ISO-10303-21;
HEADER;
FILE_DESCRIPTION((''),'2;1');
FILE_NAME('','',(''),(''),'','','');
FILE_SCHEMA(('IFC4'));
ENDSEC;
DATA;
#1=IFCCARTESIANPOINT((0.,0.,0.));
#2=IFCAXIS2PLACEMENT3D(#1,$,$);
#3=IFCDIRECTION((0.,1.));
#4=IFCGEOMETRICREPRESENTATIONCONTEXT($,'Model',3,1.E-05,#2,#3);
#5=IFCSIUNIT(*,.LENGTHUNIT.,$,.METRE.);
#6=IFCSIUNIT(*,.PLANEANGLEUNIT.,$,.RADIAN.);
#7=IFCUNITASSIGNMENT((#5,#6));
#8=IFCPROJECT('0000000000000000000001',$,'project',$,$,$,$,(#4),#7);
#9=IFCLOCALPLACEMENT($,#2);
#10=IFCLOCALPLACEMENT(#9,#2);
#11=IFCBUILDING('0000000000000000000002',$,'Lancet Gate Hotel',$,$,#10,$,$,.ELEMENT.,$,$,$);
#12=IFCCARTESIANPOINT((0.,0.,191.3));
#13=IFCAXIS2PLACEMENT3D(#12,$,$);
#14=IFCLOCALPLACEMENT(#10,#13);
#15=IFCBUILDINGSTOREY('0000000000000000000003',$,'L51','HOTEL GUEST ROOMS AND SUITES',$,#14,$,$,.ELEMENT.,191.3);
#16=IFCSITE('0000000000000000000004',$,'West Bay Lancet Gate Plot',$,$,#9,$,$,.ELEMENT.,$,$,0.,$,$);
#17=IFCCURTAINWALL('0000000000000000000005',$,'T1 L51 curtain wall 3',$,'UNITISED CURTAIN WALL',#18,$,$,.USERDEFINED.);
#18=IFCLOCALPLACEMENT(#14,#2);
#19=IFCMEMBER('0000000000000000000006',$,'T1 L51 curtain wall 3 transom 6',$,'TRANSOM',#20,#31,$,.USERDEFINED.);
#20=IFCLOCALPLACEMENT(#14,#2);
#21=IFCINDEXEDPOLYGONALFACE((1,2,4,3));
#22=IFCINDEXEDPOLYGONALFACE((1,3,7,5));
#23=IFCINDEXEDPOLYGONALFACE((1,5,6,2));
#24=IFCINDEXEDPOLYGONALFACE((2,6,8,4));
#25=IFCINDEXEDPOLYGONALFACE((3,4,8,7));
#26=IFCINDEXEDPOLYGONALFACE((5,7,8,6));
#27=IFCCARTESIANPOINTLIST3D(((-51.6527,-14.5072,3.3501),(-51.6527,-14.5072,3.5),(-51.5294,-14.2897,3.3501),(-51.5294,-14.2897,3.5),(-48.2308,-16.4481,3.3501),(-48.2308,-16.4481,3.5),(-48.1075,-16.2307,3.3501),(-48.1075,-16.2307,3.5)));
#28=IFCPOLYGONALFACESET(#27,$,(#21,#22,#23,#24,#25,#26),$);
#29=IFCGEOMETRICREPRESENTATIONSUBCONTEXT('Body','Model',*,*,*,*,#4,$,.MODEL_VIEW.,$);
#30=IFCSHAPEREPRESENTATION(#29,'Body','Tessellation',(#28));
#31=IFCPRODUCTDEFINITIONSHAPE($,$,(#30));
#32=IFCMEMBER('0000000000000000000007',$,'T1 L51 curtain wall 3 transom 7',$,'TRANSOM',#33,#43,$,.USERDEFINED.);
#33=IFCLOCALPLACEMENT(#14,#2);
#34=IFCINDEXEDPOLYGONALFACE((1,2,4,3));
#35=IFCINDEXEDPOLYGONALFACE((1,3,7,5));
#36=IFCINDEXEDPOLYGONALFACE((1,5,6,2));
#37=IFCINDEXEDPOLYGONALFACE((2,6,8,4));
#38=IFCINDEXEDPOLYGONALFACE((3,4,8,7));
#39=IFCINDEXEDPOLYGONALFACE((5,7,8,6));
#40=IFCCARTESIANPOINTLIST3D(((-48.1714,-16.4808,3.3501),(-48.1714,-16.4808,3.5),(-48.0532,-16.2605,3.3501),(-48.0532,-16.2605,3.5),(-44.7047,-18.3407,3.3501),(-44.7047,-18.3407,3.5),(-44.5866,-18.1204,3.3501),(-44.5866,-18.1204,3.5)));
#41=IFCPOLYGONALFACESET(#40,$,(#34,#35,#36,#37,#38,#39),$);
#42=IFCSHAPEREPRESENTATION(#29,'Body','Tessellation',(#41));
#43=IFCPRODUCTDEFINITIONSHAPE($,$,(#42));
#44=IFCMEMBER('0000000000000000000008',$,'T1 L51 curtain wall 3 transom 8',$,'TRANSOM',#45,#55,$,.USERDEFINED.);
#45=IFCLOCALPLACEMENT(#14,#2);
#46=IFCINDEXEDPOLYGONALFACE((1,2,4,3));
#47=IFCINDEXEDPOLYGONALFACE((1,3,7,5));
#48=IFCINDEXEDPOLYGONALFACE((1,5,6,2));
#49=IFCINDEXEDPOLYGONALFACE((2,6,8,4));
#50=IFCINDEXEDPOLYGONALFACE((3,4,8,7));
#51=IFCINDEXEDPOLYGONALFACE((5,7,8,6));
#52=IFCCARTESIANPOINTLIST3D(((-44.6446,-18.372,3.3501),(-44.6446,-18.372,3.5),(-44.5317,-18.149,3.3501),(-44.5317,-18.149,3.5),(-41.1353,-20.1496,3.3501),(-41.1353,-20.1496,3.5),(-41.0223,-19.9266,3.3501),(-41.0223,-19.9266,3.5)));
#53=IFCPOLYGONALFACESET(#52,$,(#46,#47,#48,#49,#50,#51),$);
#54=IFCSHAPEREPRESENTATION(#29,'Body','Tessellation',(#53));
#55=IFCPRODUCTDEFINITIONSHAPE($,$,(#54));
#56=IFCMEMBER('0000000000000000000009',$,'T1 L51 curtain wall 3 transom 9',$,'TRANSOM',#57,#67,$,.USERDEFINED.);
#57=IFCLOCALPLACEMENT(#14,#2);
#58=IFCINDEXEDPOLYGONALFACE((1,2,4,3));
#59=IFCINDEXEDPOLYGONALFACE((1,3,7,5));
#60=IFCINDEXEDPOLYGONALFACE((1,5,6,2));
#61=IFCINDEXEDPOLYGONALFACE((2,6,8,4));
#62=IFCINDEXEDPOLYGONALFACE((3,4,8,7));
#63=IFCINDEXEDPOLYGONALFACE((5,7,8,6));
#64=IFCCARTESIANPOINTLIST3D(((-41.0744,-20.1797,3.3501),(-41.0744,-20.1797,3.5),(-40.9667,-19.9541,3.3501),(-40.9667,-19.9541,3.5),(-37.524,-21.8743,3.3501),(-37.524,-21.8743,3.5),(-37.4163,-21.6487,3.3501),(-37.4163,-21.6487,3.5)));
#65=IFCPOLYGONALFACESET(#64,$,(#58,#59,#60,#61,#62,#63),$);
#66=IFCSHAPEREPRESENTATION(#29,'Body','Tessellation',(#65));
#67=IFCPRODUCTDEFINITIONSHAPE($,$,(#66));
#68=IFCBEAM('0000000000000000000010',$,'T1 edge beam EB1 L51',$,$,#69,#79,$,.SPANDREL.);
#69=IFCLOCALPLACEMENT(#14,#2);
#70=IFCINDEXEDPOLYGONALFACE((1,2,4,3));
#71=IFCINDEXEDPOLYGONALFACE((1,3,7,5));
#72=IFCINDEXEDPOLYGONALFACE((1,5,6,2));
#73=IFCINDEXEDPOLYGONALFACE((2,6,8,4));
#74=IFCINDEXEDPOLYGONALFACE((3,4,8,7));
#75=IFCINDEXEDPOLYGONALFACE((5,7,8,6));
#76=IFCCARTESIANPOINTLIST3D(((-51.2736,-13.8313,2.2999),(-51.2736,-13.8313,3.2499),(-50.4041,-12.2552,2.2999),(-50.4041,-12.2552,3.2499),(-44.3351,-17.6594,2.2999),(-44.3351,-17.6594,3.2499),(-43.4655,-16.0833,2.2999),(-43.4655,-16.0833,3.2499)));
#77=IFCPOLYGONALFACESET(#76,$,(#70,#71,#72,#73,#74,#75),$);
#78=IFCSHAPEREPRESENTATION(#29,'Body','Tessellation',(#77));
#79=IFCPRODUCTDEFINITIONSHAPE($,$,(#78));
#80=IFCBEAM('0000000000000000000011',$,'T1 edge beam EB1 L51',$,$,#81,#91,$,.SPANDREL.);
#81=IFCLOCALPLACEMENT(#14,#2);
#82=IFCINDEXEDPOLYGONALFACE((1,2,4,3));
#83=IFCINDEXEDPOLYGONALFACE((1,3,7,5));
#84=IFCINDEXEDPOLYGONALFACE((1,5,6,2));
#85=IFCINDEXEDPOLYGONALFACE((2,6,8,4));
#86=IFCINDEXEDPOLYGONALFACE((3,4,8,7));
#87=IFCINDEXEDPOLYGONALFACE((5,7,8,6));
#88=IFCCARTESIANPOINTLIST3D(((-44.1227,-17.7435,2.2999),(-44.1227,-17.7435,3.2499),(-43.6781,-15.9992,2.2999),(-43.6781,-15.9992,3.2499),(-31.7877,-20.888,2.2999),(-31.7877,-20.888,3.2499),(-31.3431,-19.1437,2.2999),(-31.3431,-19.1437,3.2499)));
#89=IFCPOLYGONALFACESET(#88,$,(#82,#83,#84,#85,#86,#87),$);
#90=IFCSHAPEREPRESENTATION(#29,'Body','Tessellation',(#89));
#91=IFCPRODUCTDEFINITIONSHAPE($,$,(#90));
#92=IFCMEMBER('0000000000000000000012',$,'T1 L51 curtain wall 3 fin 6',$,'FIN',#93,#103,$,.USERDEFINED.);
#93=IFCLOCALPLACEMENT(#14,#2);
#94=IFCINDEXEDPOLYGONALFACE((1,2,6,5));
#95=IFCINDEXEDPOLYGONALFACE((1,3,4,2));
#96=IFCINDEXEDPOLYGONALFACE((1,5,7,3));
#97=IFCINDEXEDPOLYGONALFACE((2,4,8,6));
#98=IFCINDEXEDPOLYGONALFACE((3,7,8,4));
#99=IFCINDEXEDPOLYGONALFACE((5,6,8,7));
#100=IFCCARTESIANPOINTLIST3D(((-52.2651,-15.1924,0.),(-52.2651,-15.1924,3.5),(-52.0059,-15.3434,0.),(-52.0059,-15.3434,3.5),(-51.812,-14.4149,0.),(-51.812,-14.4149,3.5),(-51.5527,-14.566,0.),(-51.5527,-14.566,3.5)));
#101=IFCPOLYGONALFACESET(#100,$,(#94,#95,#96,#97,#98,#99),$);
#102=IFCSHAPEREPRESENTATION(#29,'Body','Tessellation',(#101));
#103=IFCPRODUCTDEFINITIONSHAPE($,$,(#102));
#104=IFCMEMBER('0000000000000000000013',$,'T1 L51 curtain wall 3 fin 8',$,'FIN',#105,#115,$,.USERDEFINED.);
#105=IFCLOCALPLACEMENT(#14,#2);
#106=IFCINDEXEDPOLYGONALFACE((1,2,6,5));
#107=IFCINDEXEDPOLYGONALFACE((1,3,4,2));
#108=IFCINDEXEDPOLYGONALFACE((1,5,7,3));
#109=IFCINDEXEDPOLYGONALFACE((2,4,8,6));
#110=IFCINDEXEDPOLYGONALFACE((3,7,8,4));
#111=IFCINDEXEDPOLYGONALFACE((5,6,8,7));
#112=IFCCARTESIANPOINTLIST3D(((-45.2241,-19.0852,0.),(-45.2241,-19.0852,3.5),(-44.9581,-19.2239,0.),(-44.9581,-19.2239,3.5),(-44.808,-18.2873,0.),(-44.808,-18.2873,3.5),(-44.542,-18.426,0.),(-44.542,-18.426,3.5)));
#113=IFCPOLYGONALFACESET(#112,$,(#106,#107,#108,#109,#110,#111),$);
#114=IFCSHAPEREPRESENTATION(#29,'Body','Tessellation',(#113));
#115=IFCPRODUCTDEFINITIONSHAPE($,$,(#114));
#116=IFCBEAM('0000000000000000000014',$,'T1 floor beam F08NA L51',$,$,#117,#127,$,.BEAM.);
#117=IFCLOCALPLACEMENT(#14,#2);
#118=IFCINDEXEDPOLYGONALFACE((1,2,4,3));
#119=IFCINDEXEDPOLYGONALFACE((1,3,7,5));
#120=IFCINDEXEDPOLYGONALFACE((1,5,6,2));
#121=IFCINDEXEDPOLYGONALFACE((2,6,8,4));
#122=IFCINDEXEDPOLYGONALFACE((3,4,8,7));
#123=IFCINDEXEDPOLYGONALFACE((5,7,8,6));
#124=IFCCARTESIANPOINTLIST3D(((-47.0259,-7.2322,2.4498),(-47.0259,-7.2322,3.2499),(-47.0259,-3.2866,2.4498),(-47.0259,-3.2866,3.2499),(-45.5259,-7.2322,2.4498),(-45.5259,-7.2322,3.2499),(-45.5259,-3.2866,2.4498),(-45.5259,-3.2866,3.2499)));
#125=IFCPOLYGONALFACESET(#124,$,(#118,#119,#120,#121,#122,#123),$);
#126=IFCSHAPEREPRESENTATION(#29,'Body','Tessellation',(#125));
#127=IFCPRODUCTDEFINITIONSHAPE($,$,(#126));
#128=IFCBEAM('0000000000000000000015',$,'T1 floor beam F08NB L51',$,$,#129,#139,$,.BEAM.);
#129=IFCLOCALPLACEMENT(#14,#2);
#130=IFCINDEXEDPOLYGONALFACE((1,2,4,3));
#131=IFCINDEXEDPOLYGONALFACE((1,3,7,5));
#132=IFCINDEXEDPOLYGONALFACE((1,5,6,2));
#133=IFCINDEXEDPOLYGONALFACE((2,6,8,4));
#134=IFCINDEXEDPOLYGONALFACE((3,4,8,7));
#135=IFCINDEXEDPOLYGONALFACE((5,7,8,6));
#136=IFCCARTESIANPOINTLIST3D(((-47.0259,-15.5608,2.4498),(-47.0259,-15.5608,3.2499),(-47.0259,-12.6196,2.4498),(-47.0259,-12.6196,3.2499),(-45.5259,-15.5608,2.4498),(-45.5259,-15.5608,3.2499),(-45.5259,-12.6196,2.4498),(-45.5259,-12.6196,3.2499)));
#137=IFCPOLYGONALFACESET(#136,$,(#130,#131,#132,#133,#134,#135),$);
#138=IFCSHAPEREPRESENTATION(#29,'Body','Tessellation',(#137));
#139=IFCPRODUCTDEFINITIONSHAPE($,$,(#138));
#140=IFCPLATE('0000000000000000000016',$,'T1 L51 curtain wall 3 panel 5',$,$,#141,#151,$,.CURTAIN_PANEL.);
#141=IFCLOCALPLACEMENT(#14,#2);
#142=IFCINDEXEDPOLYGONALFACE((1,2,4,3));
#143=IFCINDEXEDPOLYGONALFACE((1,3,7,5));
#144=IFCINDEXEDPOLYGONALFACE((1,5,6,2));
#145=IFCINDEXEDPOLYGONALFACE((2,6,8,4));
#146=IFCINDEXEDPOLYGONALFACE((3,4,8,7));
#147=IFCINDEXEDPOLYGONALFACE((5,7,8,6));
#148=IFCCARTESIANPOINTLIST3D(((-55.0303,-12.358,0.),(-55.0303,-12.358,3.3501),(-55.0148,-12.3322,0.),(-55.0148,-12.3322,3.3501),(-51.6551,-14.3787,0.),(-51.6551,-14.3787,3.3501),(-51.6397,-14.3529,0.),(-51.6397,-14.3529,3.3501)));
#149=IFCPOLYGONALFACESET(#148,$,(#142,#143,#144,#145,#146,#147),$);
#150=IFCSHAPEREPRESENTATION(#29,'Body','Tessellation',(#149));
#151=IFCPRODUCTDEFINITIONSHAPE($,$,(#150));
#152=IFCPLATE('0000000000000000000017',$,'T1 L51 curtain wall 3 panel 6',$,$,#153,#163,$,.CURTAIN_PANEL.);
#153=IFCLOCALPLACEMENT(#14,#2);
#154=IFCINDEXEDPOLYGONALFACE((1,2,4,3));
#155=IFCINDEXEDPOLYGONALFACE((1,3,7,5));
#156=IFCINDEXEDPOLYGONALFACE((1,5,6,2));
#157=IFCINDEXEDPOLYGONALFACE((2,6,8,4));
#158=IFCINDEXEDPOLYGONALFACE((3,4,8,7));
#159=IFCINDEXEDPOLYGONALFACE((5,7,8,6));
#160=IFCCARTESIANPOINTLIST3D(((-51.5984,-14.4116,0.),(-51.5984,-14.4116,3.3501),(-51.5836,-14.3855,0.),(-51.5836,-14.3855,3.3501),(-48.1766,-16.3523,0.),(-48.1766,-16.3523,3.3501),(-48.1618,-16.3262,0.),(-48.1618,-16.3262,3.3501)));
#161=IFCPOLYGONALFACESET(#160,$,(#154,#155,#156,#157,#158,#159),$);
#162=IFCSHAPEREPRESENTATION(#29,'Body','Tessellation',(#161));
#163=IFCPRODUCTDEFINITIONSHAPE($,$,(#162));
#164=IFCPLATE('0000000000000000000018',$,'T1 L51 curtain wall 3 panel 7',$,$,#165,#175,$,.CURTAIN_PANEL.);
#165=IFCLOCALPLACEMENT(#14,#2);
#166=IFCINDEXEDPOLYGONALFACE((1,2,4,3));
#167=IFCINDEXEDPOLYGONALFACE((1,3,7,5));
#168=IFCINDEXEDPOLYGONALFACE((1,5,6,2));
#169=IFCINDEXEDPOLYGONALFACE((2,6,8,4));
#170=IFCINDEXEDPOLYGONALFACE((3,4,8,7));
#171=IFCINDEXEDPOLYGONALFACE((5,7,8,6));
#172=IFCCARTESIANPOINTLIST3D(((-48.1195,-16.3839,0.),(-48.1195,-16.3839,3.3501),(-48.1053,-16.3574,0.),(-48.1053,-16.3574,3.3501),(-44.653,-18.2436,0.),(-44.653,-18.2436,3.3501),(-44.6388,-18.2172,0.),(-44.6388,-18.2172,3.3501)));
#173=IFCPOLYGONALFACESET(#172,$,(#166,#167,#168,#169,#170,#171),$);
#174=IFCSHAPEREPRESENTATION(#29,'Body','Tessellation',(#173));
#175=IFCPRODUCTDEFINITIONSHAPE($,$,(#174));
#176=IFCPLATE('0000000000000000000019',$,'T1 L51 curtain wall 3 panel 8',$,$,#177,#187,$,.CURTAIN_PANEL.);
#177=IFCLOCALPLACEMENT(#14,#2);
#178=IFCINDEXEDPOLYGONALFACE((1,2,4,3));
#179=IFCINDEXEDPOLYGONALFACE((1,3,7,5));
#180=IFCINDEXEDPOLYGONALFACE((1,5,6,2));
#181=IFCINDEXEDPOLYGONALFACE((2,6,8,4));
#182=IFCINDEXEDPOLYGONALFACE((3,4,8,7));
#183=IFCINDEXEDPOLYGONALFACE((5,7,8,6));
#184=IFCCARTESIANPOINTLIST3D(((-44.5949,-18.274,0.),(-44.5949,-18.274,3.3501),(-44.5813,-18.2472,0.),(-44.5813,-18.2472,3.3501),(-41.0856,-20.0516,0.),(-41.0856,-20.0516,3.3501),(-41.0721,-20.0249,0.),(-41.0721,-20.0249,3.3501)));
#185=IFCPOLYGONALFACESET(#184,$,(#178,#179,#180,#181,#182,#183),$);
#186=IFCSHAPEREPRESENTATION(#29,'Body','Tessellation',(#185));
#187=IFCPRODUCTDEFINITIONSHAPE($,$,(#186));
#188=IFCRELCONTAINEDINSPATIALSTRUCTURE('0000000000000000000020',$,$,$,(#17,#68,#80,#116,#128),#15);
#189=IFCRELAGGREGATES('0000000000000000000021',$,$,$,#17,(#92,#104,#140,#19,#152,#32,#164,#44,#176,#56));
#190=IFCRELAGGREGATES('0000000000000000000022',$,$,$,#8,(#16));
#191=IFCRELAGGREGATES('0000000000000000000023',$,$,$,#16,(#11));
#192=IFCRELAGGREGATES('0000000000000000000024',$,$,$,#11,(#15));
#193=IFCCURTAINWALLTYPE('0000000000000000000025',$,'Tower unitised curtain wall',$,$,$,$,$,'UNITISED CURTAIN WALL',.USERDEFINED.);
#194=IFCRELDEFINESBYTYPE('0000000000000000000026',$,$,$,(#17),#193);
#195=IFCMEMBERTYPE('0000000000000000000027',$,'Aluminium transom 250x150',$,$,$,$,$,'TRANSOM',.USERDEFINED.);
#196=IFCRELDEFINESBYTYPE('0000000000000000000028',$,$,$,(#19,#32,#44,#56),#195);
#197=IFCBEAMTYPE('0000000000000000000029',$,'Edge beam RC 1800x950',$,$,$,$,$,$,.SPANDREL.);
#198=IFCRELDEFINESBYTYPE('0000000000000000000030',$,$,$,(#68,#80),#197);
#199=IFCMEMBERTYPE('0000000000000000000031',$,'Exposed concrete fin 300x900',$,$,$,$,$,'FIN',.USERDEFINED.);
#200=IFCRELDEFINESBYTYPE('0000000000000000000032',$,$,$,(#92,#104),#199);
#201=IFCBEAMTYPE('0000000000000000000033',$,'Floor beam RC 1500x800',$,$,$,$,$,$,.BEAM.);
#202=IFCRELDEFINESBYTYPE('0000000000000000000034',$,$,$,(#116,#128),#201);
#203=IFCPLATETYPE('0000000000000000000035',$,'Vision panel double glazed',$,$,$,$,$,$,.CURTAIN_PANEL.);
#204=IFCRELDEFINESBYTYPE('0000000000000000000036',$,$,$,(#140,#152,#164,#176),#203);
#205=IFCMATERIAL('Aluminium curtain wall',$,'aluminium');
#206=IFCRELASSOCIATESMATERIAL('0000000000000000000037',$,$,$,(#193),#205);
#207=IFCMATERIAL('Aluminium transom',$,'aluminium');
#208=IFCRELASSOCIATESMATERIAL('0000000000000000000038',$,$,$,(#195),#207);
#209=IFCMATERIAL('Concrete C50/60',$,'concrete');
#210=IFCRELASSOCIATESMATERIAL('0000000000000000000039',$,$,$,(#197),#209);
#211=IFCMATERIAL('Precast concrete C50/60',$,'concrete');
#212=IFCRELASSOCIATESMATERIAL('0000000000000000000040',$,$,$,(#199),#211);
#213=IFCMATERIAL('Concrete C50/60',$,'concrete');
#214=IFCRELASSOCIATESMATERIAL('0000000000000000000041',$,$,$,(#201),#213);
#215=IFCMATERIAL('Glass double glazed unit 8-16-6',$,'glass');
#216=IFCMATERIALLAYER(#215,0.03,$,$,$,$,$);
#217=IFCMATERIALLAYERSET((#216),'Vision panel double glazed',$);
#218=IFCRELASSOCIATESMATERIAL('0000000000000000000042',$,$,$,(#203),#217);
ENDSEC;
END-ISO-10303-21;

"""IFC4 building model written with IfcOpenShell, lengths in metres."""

from ifc_helpers import new_model, si_unit, direction, frame, origin, origin_2d, place, context, subcontext, project, spatial, rectangle, extrude, material, layer, layer_set, material_profile, profile_set, type_object, element, aggregate, save


model = new_model("IFC4")

# Units and contexts
model_context = context("Model", 3, precision=1e-05, world=origin(), true_north=direction((0.0, 1.0)))
body_context = subcontext(model_context, "Body", "Model", "MODEL_VIEW")
ifc_project = project(units=[si_unit("LENGTHUNIT", "METRE"), si_unit("PLANEANGLEUNIT", "RADIAN")], contexts=[model_context])

# Site, building, storey
site_placement = place(None, origin())
site = spatial("IfcSite", under=ifc_project, at=site_placement, Name="West Bay Lancet Gate Plot", CompositionType="ELEMENT", RefElevation=0.0)
building_placement = place(site_placement, origin())
building = spatial("IfcBuilding", under=site, at=building_placement, Name="Lancet Gate Hotel", CompositionType="ELEMENT")
storey_placement = place(building_placement, frame((0.0, 0.0, 191.3)))
storey = spatial("IfcBuildingStorey", under=building, at=storey_placement, Name="L51", Description="HOTEL GUEST ROOMS AND SUITES", CompositionType="ELEMENT", Elevation=191.3)

# Curtain wall, members
ifc_material_1 = material(Name="Aluminium curtain wall", Category="aluminium")
curtain_wall_type = type_object("IfcCurtainWallType", Name="Tower unitised curtain wall", ElementType="UNITISED CURTAIN WALL", PredefinedType="USERDEFINED", material=ifc_material_1)
curtain_wall_placement = place(storey_placement, origin())
curtain_wall = element("IfcCurtainWall", 1, at=curtain_wall_placement, inside=storey, type_object=curtain_wall_type, Name="T1 L51 curtain wall 3", ObjectType="UNITISED CURTAIN WALL", PredefinedType="USERDEFINED")
ifc_material_2 = material(Name="Aluminium transom", Category="aluminium")
ifc_material_profile_1 = material_profile(ifc_material_2, rectangle(XDim=0.25, YDim=0.1499, at=origin_2d()), Name="TRANSOM 250x150")
ifc_profile_set_1 = profile_set([ifc_material_profile_1], Name="Aluminium transom")
member_type_1 = type_object("IfcMemberType", Name="Aluminium transom 250x150", ElementType="TRANSOM", PredefinedType="USERDEFINED", material=ifc_profile_set_1)
member_1_placement = place(storey_placement, frame((-51.5911, -14.3984, 3.425), z_axis=(0.86982, -0.49337, 0.0), x_axis=(0.49337, 0.86982, 0.0)))
member_1 = element("IfcMember", 2, at=member_1_placement, type_object=member_type_1, Name="T1 L51 curtain wall 3 transom 6", ObjectType="TRANSOM", PredefinedType="USERDEFINED", context=body_context, shape_type="SweptSolid", body=[
    extrude(rectangle(XDim=0.25, YDim=0.1499, at=origin_2d()), origin(), (0.0, 0.0, 1.0), 3.9341),
])
member_2_placement = place(storey_placement, frame((-48.1123, -16.3706, 3.425), z_axis=(0.881185, -0.472771, 0.0), x_axis=(0.472771, 0.881185, 0.0)))
member_2 = element("IfcMember", 3, at=member_2_placement, type_object=member_type_1, Name="T1 L51 curtain wall 3 transom 7", ObjectType="TRANSOM", PredefinedType="USERDEFINED", context=body_context, shape_type="SweptSolid", body=[
    extrude(rectangle(XDim=0.25, YDim=0.1499, at=origin_2d()), origin(), (0.0, 0.0, 1.0), 3.9341),
])
member_3_placement = place(storey_placement, frame((-44.5881, -18.2605, 3.425), z_axis=(0.892081, -0.451875, 0.0), x_axis=(0.451875, 0.892081, 0.0)))
member_3 = element("IfcMember", 4, at=member_3_placement, type_object=member_type_1, Name="T1 L51 curtain wall 3 transom 8", ObjectType="TRANSOM", PredefinedType="USERDEFINED", context=body_context, shape_type="SweptSolid", body=[
    extrude(rectangle(XDim=0.25, YDim=0.1499, at=origin_2d()), origin(), (0.0, 0.0, 1.0), 3.9338),
])
member_4_placement = place(storey_placement, frame((-41.0205, -20.0669, 3.425), z_axis=(0.902469, -0.430755, 0.0), x_axis=(0.430755, 0.902469, 0.0)))
member_4 = element("IfcMember", 5, at=member_4_placement, type_object=member_type_1, Name="T1 L51 curtain wall 3 transom 9", ObjectType="TRANSOM", PredefinedType="USERDEFINED", context=body_context, shape_type="SweptSolid", body=[
    extrude(rectangle(XDim=0.25, YDim=0.1499, at=origin_2d()), origin(), (0.0, 0.0, 1.0), 3.9341),
])

# Beams
ifc_material_3 = material(Name="Concrete C50/60", Category="concrete")
ifc_material_profile_2 = material_profile(ifc_material_3, rectangle(XDim=1.8, YDim=0.95, at=origin_2d()), Name="RC 1800x950")
ifc_profile_set_2 = profile_set([ifc_material_profile_2], Name="Concrete C50/60")
beam_type_1 = type_object("IfcBeamType", Name="Edge beam RC 1800x950", PredefinedType="SPANDREL", material=ifc_profile_set_2)
beam_1_placement = place(storey_placement, frame((-50.8389, -13.0432, 2.7749), z_axis=(0.875578, -0.483077, 0.0), x_axis=(0.483077, 0.875578, 0.0)))
element("IfcBeam", 6, at=beam_1_placement, inside=storey, type_object=beam_type_1, Name="T1 edge beam EB1 L51", PredefinedType="SPANDREL", context=body_context, shape_type="SweptSolid", body=[
    extrude(rectangle(XDim=1.8, YDim=0.95, at=origin_2d()), origin(), (0.0, 0.0, 1.0), 7.9246),
])
beam_2_placement = place(storey_placement, frame((-43.9004, -16.8713, 2.7749), z_axis=(0.969008, -0.247028, 0.0), x_axis=(0.247028, 0.969008, 0.0)))
element("IfcBeam", 7, at=beam_2_placement, inside=storey, type_object=beam_type_1, Name="T1 edge beam EB1 L51", PredefinedType="SPANDREL", context=body_context, shape_type="SweptSolid", body=[
    extrude(rectangle(XDim=1.8, YDim=0.95, at=origin_2d()), origin(), (0.0, 0.0, 1.0), 12.7295),
])

# Members
ifc_material_4 = material(Name="Precast concrete C50/60", Category="concrete")
ifc_material_profile_3 = material_profile(ifc_material_4, rectangle(XDim=0.3, YDim=0.8999, at=origin_2d()), Name="FIN 300x900")
ifc_profile_set_3 = profile_set([ifc_material_profile_3], Name="Precast concrete C50/60")
member_type_2 = type_object("IfcMemberType", Name="Exposed concrete fin 300x900", ElementType="FIN", PredefinedType="USERDEFINED", material=ifc_profile_set_3)
member_5_placement = place(storey_placement, frame((-51.9089, -14.8792, 0.0), z_axis=(0.0, 0.0, 1.0), x_axis=(0.863969, -0.503545, 0.0)))
member_5 = element("IfcMember", 8, at=member_5_placement, type_object=member_type_2, Name="T1 L51 curtain wall 3 fin 6", ObjectType="FIN", PredefinedType="USERDEFINED", context=body_context, shape_type="SweptSolid", body=[
    extrude(rectangle(XDim=0.3, YDim=0.8999, at=origin_2d()), origin(), (0.0, 0.0, 1.0), 3.5),
])
member_6_placement = place(storey_placement, frame((-44.8831, -18.7556, 0.0), z_axis=(0.0, 0.0, 1.0), x_axis=(0.886694, -0.462356, 0.0)))
member_6 = element("IfcMember", 9, at=member_6_placement, type_object=member_type_2, Name="T1 L51 curtain wall 3 fin 8", ObjectType="FIN", PredefinedType="USERDEFINED", context=body_context, shape_type="SweptSolid", body=[
    extrude(rectangle(XDim=0.3, YDim=0.8999, at=origin_2d()), origin(), (0.0, 0.0, 1.0), 3.5),
])

# Beams
ifc_material_5 = material(Name="Concrete C50/60", Category="concrete")
ifc_material_profile_4 = material_profile(ifc_material_5, rectangle(XDim=1.5, YDim=0.8, at=origin_2d()), Name="RC 1500x800")
ifc_profile_set_4 = profile_set([ifc_material_profile_4], Name="Concrete C50/60")
beam_type_2 = type_object("IfcBeamType", Name="Floor beam RC 1500x800", PredefinedType="BEAM", material=ifc_profile_set_4)
beam_3_placement = place(storey_placement, frame((-46.2759, -3.2866, 2.8499), z_axis=(0.0, -1.0, 0.0), x_axis=(1.0, 0.0, 0.0)))
element("IfcBeam", 10, at=beam_3_placement, inside=storey, type_object=beam_type_2, Name="T1 floor beam F08NA L51", PredefinedType="BEAM", context=body_context, shape_type="SweptSolid", body=[
    extrude(rectangle(XDim=1.5, YDim=0.8, at=origin_2d()), origin(), (0.0, 0.0, 1.0), 3.9456),
])
beam_4_placement = place(storey_placement, frame((-46.2759, -12.6196, 2.8499), z_axis=(0.0, -1.0, 0.0), x_axis=(1.0, 0.0, 0.0)))
element("IfcBeam", 11, at=beam_4_placement, inside=storey, type_object=beam_type_2, Name="T1 floor beam F08NB L51", PredefinedType="BEAM", context=body_context, shape_type="SweptSolid", body=[
    extrude(rectangle(XDim=1.5, YDim=0.8, at=origin_2d()), origin(), (0.0, 0.0, 1.0), 2.9412),
])

# Plates
ifc_material_6 = material(Name="Glass double glazed unit 8-16-6", Category="glass")
ifc_layer_1 = layer(ifc_material_6, 0.03)
ifc_layer_set_1 = layer_set([ifc_layer_1], Name="Vision panel double glazed")
plate_type = type_object("IfcPlateType", Name="Vision panel double glazed", PredefinedType="CURTAIN_PANEL", material=ifc_layer_set_1)
plate_1_placement = place(storey_placement, frame((-53.335, -13.3555, 0.0), z_axis=(0.0, 0.0, 1.0), x_axis=(0.857987, -0.513672, 0.0)))
plate_1 = element("IfcPlate", 12, at=plate_1_placement, type_object=plate_type, Name="T1 L51 curtain wall 3 panel 5", PredefinedType="CURTAIN_PANEL", context=body_context, shape_type="SweptSolid", body=[
    extrude(rectangle(XDim=3.9338, YDim=0.03, at=origin_2d()), origin(), (0.0, 0.0, 1.0), 3.3501),
])
plate_2_placement = place(storey_placement, frame((-49.8801, -15.3689, 0.0), z_axis=(0.0, 0.0, 1.0), x_axis=(0.869831, -0.493349, 0.0)))
plate_2 = element("IfcPlate", 13, at=plate_2_placement, type_object=plate_type, Name="T1 L51 curtain wall 3 panel 6", PredefinedType="CURTAIN_PANEL", context=body_context, shape_type="SweptSolid", body=[
    extrude(rectangle(XDim=3.9338, YDim=0.03, at=origin_2d()), origin(), (0.0, 0.0, 1.0), 3.3501),
])
plate_3_placement = place(storey_placement, frame((-46.3792, -17.3005, 0.0), z_axis=(0.0, 0.0, 1.0), x_axis=(0.881195, -0.472753, 0.0)))
plate_3 = element("IfcPlate", 14, at=plate_3_placement, type_object=plate_type, Name="T1 L51 curtain wall 3 panel 7", PredefinedType="CURTAIN_PANEL", context=body_context, shape_type="SweptSolid", body=[
    extrude(rectangle(XDim=3.9338, YDim=0.03, at=origin_2d()), origin(), (0.0, 0.0, 1.0), 3.3501),
])
plate_4_placement = place(storey_placement, frame((-42.8335, -19.1494, 0.0), z_axis=(0.0, 0.0, 1.0), x_axis=(0.892071, -0.451895, 0.0)))
plate_4 = element("IfcPlate", 15, at=plate_4_placement, type_object=plate_type, Name="T1 L51 curtain wall 3 panel 8", PredefinedType="CURTAIN_PANEL", context=body_context, shape_type="SweptSolid", body=[
    extrude(rectangle(XDim=3.9338, YDim=0.03, at=origin_2d()), origin(), (0.0, 0.0, 1.0), 3.3501),
])
aggregate(curtain_wall, [member_5, member_6, plate_1, member_1, plate_2, member_2, plate_3, member_3, plate_4, member_4])

save(model, "model.ifc")
